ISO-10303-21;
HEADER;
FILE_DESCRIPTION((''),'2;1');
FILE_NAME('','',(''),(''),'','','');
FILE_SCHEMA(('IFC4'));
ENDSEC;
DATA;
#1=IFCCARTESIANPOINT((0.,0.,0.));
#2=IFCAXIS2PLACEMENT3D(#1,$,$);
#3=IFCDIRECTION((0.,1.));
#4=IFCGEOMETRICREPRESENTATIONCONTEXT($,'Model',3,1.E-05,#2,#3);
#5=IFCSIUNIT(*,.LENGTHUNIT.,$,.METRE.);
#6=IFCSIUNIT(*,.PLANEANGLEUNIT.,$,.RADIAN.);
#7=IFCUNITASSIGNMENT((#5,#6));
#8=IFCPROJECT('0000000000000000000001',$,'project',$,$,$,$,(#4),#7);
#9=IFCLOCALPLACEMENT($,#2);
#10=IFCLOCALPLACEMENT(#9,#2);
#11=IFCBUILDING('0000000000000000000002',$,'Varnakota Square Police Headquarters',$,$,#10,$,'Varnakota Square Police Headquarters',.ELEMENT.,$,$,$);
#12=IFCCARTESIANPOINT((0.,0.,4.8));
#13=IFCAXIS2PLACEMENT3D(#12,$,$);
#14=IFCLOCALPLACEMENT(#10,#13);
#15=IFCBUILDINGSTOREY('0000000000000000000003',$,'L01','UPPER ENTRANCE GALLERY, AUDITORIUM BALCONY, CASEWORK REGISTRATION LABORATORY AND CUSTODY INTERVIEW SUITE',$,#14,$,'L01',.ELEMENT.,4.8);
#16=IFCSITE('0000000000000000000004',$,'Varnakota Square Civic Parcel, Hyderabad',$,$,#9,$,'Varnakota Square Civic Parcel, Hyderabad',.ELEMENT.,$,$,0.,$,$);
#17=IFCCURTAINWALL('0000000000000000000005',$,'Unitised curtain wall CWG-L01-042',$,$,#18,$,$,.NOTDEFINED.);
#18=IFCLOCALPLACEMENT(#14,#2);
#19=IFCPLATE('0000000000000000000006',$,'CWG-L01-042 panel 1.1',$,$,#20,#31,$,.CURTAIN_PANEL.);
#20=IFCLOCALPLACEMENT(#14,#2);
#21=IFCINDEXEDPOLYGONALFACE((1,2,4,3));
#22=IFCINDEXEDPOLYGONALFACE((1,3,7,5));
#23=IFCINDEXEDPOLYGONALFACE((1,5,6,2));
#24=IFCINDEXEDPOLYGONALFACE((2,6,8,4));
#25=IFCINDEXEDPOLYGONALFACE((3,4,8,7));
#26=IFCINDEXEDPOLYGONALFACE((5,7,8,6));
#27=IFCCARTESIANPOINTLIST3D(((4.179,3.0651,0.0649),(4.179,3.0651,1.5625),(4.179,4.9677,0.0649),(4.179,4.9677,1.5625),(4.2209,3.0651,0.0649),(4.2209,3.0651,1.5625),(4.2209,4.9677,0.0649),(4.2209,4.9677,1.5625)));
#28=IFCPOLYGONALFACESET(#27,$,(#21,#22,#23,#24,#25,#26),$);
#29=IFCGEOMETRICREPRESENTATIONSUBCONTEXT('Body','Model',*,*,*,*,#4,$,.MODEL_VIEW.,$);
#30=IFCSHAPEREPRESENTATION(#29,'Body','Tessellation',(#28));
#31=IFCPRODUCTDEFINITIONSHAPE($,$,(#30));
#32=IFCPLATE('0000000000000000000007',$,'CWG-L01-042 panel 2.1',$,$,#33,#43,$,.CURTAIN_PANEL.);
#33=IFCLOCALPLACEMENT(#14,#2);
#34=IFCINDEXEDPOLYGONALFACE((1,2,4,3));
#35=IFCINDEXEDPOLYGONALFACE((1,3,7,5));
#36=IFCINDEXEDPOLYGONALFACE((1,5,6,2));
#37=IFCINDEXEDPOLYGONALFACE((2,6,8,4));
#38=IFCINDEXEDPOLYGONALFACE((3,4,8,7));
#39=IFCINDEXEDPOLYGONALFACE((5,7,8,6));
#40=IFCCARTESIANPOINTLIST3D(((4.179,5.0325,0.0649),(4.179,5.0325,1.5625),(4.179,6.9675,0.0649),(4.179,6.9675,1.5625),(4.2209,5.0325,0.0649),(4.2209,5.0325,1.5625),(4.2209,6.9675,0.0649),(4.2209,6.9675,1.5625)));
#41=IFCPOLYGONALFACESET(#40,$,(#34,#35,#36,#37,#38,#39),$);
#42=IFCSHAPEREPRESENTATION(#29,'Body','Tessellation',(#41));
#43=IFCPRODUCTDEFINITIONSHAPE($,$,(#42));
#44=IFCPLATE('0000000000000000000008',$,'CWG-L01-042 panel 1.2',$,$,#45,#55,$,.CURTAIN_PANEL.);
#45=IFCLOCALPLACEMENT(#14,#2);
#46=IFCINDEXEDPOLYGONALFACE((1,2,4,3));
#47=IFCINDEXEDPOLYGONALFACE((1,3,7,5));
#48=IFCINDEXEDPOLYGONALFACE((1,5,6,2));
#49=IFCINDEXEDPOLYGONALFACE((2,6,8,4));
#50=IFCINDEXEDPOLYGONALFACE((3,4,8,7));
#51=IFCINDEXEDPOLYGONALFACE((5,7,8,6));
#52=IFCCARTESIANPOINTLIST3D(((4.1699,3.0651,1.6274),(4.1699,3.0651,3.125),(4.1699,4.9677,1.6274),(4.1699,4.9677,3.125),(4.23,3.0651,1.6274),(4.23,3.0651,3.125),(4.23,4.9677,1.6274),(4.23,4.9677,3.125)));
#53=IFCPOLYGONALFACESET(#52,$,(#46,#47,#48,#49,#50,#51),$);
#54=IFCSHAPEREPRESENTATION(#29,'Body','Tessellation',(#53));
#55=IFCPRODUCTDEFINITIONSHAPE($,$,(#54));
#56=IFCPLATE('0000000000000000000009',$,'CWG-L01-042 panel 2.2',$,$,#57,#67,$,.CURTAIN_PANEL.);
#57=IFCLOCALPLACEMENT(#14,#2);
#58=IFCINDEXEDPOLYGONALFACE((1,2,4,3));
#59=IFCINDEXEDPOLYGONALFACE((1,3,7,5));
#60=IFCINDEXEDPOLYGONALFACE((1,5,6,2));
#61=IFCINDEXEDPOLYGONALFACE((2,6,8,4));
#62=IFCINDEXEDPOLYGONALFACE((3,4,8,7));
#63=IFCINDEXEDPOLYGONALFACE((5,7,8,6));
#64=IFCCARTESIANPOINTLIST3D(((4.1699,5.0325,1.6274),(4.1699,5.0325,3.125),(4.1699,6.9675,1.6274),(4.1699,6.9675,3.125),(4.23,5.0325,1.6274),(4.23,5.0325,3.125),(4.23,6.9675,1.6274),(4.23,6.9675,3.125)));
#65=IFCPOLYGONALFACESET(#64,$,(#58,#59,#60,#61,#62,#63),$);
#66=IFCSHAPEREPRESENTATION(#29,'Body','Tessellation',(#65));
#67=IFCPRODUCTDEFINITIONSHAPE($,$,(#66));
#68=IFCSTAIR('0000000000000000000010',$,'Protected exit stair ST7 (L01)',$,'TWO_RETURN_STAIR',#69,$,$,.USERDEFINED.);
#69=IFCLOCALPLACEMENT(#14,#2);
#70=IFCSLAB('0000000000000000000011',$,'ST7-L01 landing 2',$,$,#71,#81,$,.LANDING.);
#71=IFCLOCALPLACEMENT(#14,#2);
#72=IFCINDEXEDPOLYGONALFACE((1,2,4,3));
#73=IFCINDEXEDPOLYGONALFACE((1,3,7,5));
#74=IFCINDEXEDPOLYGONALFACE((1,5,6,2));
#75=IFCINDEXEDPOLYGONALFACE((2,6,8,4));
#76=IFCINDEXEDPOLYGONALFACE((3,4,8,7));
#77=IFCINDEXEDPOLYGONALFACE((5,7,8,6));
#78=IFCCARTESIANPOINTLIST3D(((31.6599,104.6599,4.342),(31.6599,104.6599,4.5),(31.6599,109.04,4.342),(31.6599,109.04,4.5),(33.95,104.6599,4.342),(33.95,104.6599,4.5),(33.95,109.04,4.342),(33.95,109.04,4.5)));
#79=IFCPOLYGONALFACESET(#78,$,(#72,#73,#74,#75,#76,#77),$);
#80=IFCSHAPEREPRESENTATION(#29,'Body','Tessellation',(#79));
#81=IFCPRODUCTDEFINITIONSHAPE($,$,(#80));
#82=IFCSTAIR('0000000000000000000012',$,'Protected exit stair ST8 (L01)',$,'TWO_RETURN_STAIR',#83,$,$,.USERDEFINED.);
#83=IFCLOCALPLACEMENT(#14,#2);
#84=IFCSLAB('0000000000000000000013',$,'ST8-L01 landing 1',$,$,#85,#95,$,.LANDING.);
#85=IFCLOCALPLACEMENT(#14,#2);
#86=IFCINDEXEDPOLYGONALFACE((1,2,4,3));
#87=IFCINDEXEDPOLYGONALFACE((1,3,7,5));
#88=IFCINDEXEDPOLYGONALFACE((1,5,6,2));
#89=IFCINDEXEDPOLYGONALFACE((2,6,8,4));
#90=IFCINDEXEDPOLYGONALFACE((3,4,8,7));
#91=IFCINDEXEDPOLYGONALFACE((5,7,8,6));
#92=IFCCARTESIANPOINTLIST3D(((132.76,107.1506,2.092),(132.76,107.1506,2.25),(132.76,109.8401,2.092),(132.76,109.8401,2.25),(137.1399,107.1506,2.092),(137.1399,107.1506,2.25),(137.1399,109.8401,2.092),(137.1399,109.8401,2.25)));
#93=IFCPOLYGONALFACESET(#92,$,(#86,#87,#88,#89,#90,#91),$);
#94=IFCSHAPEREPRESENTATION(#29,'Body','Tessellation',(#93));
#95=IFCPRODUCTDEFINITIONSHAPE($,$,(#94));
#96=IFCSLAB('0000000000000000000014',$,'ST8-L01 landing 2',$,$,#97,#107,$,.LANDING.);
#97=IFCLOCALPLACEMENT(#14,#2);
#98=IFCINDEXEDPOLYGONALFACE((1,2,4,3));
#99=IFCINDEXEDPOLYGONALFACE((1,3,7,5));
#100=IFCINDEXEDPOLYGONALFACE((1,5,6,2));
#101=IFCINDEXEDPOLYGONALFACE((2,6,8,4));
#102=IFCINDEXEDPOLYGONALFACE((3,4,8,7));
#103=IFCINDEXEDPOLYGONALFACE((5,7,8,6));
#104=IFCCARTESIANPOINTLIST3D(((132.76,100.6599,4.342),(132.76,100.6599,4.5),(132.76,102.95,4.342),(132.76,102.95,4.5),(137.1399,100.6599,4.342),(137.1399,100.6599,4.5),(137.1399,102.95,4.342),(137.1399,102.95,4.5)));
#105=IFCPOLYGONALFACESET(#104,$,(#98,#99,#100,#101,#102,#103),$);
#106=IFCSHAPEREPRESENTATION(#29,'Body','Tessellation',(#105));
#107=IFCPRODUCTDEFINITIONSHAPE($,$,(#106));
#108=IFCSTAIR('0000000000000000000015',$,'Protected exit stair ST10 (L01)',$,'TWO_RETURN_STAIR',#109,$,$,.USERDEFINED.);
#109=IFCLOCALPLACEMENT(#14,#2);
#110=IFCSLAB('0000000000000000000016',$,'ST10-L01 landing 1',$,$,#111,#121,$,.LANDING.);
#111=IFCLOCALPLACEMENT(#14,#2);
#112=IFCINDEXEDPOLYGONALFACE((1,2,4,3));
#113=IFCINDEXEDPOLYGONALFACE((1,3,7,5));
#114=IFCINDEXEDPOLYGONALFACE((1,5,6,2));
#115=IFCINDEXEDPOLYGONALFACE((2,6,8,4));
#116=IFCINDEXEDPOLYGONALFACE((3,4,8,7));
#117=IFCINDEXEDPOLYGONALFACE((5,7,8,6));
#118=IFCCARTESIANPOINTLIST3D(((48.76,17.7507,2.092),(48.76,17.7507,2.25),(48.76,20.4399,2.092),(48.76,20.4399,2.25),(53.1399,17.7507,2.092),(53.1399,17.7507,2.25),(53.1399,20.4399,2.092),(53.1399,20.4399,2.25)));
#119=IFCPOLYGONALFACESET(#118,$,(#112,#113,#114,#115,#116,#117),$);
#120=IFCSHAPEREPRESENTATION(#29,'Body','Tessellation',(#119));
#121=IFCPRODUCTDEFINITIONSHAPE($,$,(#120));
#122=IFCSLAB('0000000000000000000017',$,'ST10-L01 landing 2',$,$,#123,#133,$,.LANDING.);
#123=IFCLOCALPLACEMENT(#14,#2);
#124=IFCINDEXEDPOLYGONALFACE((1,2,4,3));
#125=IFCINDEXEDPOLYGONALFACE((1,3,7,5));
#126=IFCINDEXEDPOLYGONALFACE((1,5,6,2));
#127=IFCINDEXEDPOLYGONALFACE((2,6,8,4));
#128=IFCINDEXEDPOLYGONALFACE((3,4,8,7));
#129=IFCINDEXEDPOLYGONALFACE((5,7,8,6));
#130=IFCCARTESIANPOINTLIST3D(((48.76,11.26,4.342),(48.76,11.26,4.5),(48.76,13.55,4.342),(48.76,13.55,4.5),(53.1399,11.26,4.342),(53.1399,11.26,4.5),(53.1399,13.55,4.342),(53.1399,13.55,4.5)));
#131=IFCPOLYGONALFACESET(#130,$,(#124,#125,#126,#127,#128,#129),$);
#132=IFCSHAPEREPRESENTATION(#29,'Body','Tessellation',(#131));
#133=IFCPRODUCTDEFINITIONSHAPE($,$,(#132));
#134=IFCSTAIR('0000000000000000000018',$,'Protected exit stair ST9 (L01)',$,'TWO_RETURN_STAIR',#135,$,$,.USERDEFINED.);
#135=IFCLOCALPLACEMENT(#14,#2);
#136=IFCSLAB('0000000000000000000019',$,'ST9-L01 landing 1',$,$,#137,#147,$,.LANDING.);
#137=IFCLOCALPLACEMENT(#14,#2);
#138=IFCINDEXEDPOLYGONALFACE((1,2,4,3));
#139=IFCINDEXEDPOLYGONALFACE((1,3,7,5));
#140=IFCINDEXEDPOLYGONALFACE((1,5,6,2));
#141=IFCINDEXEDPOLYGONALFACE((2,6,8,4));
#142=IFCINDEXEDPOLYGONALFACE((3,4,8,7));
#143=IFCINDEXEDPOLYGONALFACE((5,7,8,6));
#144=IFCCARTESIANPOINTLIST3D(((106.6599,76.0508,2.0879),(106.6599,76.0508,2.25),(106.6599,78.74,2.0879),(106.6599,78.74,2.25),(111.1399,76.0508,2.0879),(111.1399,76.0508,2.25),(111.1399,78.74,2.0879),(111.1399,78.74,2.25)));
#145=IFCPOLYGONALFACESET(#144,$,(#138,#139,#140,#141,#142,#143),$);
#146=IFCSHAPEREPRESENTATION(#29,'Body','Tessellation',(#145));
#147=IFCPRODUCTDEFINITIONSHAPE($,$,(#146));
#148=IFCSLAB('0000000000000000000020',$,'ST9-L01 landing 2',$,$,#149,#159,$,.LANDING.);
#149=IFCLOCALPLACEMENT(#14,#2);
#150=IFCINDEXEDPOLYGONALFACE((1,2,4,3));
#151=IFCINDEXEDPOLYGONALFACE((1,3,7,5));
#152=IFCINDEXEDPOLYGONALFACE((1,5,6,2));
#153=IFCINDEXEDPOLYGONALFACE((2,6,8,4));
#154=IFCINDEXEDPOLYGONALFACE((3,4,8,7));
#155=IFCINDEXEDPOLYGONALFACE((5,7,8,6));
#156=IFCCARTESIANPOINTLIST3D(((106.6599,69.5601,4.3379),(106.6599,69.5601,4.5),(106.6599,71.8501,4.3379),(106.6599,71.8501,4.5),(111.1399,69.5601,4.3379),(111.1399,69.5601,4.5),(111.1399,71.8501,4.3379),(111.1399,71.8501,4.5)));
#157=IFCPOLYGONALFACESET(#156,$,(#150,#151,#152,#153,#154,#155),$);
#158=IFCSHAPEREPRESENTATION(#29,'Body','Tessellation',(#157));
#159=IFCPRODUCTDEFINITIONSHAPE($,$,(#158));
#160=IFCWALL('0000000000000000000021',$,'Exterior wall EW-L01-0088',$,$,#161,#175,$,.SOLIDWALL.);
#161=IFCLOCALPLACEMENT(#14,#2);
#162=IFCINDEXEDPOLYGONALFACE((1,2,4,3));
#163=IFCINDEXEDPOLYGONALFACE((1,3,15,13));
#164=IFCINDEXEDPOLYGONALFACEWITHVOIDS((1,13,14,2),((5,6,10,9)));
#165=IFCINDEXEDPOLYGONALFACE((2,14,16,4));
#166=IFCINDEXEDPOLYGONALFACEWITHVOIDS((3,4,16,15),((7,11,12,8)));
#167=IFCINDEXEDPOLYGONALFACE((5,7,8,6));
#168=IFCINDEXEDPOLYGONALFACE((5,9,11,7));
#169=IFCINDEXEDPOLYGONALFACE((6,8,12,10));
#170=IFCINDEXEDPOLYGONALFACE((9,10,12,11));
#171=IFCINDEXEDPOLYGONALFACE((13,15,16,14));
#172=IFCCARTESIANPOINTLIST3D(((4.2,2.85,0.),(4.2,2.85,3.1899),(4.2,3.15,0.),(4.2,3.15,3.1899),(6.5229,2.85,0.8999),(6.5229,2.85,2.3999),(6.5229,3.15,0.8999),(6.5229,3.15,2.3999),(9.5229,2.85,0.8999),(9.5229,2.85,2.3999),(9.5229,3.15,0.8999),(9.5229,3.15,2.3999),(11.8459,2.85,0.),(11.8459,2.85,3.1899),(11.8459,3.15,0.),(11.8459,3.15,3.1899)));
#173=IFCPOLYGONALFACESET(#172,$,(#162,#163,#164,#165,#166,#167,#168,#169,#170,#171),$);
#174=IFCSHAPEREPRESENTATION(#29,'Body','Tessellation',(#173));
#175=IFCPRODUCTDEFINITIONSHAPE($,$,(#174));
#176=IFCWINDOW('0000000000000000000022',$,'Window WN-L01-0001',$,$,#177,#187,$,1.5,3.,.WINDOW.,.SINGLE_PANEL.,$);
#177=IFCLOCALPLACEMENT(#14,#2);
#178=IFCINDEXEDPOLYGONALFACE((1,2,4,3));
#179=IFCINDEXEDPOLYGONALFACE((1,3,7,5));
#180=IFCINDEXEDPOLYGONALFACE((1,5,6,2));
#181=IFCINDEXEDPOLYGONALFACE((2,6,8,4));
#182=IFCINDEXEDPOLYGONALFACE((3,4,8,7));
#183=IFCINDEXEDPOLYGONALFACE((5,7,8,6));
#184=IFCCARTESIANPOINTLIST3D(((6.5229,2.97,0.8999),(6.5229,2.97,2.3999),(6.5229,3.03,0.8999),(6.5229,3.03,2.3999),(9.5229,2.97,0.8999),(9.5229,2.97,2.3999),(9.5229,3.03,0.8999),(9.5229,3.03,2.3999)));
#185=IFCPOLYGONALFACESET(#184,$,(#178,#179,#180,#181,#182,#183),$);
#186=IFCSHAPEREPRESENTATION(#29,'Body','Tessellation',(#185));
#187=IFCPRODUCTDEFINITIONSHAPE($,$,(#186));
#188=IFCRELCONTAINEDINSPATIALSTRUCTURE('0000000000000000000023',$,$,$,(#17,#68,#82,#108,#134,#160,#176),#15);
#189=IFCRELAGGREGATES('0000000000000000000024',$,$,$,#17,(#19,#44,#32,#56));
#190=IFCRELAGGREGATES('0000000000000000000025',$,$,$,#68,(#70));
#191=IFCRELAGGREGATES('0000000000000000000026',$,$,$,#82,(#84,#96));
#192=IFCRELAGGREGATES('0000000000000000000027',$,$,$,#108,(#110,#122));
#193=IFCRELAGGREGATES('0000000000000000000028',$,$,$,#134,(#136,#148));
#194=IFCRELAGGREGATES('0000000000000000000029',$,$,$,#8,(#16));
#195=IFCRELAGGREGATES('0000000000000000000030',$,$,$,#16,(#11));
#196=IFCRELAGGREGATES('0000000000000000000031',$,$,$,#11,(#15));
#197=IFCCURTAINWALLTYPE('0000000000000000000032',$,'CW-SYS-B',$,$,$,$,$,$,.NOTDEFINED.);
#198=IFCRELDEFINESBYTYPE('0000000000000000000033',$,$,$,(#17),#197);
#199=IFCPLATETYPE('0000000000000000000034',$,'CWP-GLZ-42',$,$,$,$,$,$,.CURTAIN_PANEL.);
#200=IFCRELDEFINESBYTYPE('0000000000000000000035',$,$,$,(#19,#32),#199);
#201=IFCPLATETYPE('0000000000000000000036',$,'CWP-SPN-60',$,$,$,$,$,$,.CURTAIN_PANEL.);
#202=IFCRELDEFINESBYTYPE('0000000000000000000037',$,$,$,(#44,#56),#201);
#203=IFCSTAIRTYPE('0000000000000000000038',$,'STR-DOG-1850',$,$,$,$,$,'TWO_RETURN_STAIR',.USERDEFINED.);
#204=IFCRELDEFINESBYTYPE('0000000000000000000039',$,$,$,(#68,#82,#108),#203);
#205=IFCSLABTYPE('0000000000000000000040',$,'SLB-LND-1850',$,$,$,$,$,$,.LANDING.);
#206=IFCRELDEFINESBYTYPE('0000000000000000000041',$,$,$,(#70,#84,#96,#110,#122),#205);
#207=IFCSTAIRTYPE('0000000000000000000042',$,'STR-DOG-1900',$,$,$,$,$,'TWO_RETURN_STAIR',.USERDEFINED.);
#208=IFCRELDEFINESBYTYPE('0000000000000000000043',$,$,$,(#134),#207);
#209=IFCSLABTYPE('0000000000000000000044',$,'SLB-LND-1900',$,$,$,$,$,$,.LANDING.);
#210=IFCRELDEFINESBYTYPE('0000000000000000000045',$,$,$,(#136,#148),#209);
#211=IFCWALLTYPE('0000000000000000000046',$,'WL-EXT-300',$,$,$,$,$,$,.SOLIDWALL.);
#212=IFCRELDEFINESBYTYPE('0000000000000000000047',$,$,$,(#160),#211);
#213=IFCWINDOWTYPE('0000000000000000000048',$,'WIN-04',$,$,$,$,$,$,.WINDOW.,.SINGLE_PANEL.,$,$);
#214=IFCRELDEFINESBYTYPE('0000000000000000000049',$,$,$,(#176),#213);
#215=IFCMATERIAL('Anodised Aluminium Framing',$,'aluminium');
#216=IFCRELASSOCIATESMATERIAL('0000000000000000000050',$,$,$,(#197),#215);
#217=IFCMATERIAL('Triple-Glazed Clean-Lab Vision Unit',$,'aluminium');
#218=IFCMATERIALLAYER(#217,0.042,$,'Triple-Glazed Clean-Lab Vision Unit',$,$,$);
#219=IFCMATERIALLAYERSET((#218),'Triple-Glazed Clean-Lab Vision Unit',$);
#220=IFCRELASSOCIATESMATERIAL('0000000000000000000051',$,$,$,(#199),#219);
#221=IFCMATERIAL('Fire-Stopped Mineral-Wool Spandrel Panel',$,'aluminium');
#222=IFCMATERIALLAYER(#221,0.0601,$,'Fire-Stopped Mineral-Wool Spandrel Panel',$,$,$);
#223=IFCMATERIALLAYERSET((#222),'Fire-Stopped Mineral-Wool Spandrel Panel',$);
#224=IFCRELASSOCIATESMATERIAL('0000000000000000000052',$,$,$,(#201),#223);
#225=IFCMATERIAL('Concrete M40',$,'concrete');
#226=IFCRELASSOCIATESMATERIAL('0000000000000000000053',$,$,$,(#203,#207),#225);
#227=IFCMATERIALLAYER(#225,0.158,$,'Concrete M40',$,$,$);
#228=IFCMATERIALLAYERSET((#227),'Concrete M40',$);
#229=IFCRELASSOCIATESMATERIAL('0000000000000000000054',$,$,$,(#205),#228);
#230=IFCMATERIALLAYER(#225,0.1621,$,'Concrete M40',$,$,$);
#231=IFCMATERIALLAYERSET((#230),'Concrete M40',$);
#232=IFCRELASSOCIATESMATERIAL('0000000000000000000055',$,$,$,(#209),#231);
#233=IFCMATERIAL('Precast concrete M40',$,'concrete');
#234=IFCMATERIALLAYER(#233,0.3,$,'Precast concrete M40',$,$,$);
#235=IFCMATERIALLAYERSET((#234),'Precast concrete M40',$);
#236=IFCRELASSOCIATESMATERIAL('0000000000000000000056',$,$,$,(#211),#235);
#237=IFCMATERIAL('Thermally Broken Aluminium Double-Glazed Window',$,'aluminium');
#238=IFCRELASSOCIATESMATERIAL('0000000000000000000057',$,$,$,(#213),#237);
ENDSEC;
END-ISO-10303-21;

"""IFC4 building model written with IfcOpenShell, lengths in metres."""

from ifc_helpers import new_model, si_unit, direction, frame, frame_2d, origin, origin_2d, place, context, subcontext, project, spatial, polyline, rectangle, outline, extrude, material, layer, layer_set, type_object, element, fill, aggregate, save


model = new_model("IFC4")

# Units and contexts
model_context = context("Model", 3, precision=1e-05, world=origin(), true_north=direction((0.0, 1.0)))
body_context = subcontext(model_context, "Body", "Model", "MODEL_VIEW")
ifc_project = project(units=[si_unit("LENGTHUNIT", "METRE"), si_unit("PLANEANGLEUNIT", "RADIAN")], contexts=[model_context])

# Site, building, storey
site_placement = place(None, origin())
site = spatial("IfcSite", under=ifc_project, at=site_placement, Name="Varnakota Square Civic Parcel, Hyderabad", LongName="Varnakota Square Civic Parcel, Hyderabad", CompositionType="ELEMENT", RefElevation=0.0)
building_placement = place(site_placement, origin())
building = spatial("IfcBuilding", under=site, at=building_placement, Name="Varnakota Square Police Headquarters", LongName="Varnakota Square Police Headquarters", CompositionType="ELEMENT")
storey_placement = place(building_placement, frame((0.0, 0.0, 4.8)))
storey = spatial("IfcBuildingStorey", under=building, at=storey_placement, Name="L01", Description="UPPER ENTRANCE GALLERY, AUDITORIUM BALCONY, CASEWORK REGISTRATION LABORATORY AND CUSTODY INTERVIEW SUITE", LongName="L01", CompositionType="ELEMENT", Elevation=4.8)

# Curtain wall, plates
ifc_material_1 = material(Name="Anodised Aluminium Framing", Category="aluminium")
curtain_wall_type = type_object("IfcCurtainWallType", Name="CW-SYS-B", PredefinedType="NOTDEFINED", material=ifc_material_1)
curtain_wall_placement = place(storey_placement, origin())
curtain_wall = element("IfcCurtainWall", 1, at=curtain_wall_placement, inside=storey, type_object=curtain_wall_type, Name="Unitised curtain wall CWG-L01-042", PredefinedType="NOTDEFINED")
ifc_material_2 = material(Name="Triple-Glazed Clean-Lab Vision Unit", Category="aluminium")
ifc_layer_1 = layer(ifc_material_2, 0.042, Name="Triple-Glazed Clean-Lab Vision Unit")
ifc_layer_set_1 = layer_set([ifc_layer_1], Name="Triple-Glazed Clean-Lab Vision Unit")
plate_type_1 = type_object("IfcPlateType", Name="CWP-GLZ-42", PredefinedType="CURTAIN_PANEL", material=ifc_layer_set_1)
plate_1_placement = place(storey_placement, frame((4.2, 4.0164, 0.0649), z_axis=(0.0, 0.0, 1.0), x_axis=(0.0, 1.0, 0.0)))
plate_1 = element("IfcPlate", 2, at=plate_1_placement, type_object=plate_type_1, Name="CWG-L01-042 panel 1.1", PredefinedType="CURTAIN_PANEL", context=body_context, shape_type="SweptSolid", body=[
    extrude(rectangle(XDim=1.9026, YDim=0.042, at=origin_2d()), origin(), (0.0, 0.0, 1.0), 1.4976),
])
plate_2_placement = place(storey_placement, frame((4.2, 6.0, 0.0649), z_axis=(0.0, 0.0, 1.0), x_axis=(0.0, 1.0, 0.0)))
plate_2 = element("IfcPlate", 3, at=plate_2_placement, type_object=plate_type_1, Name="CWG-L01-042 panel 2.1", PredefinedType="CURTAIN_PANEL", context=body_context, shape_type="SweptSolid", body=[
    extrude(rectangle(XDim=1.9351, YDim=0.042, at=origin_2d()), origin(), (0.0, 0.0, 1.0), 1.4976),
])
ifc_material_3 = material(Name="Fire-Stopped Mineral-Wool Spandrel Panel", Category="aluminium")
ifc_layer_2 = layer(ifc_material_3, 0.0601, Name="Fire-Stopped Mineral-Wool Spandrel Panel")
ifc_layer_set_2 = layer_set([ifc_layer_2], Name="Fire-Stopped Mineral-Wool Spandrel Panel")
plate_type_2 = type_object("IfcPlateType", Name="CWP-SPN-60", PredefinedType="CURTAIN_PANEL", material=ifc_layer_set_2)
plate_3_placement = place(storey_placement, frame((4.2, 4.0164, 1.6274), z_axis=(0.0, 0.0, 1.0), x_axis=(0.0, 1.0, 0.0)))
plate_3 = element("IfcPlate", 4, at=plate_3_placement, type_object=plate_type_2, Name="CWG-L01-042 panel 1.2", PredefinedType="CURTAIN_PANEL", context=body_context, shape_type="SweptSolid", body=[
    extrude(rectangle(XDim=1.9026, YDim=0.0601, at=origin_2d()), origin(), (0.0, 0.0, 1.0), 1.4976),
])
plate_4_placement = place(storey_placement, frame((4.2, 6.0, 1.6274), z_axis=(0.0, 0.0, 1.0), x_axis=(0.0, 1.0, 0.0)))
plate_4 = element("IfcPlate", 5, at=plate_4_placement, type_object=plate_type_2, Name="CWG-L01-042 panel 2.2", PredefinedType="CURTAIN_PANEL", context=body_context, shape_type="SweptSolid", body=[
    extrude(rectangle(XDim=1.9351, YDim=0.0601, at=origin_2d()), origin(), (0.0, 0.0, 1.0), 1.4976),
])
aggregate(curtain_wall, [plate_1, plate_3, plate_2, plate_4])

# Stair, slab
ifc_material_4 = material(Name="Concrete M40", Category="concrete")
stair_type_1 = type_object("IfcStairType", Name="STR-DOG-1850", ElementType="TWO_RETURN_STAIR", PredefinedType="USERDEFINED", material=ifc_material_4)
stair_1_placement = place(storey_placement, origin())
stair_1 = element("IfcStair", 6, at=stair_1_placement, inside=storey, type_object=stair_type_1, Name="Protected exit stair ST7 (L01)", ObjectType="TWO_RETURN_STAIR", PredefinedType="USERDEFINED")
ifc_layer_3 = layer(ifc_material_4, 0.158, Name="Concrete M40")
ifc_layer_set_3 = layer_set([ifc_layer_3], Name="Concrete M40")
slab_type_1 = type_object("IfcSlabType", Name="SLB-LND-1850", PredefinedType="LANDING", material=ifc_layer_set_3)
slab_1_placement = place(storey_placement, frame((0.0, 0.0, 4.342)))
slab_1 = element("IfcSlab", 7, at=slab_1_placement, type_object=slab_type_1, Name="ST7-L01 landing 2", PredefinedType="LANDING", context=body_context, shape_type="SweptSolid", body=[
    extrude(outline(polyline([(31.6599, 104.6599), (33.95, 104.6599), (33.95, 109.04), (31.6599, 109.04), (31.6599, 104.6599)])), origin(), (0.0, 0.0, 1.0), 0.158),
])
aggregate(stair_1, [slab_1])

# Stairs, slabs
stair_2_placement = place(storey_placement, origin())
stair_2 = element("IfcStair", 8, at=stair_2_placement, inside=storey, type_object=stair_type_1, Name="Protected exit stair ST8 (L01)", ObjectType="TWO_RETURN_STAIR", PredefinedType="USERDEFINED")
slab_2_placement = place(storey_placement, frame((0.0, 0.0, 2.092)))
slab_2 = element("IfcSlab", 9, at=slab_2_placement, type_object=slab_type_1, Name="ST8-L01 landing 1", PredefinedType="LANDING", context=body_context, shape_type="SweptSolid", body=[
    extrude(outline(polyline([(132.76, 107.1506), (137.1399, 107.1506), (137.1399, 109.8401), (132.76, 109.8401), (132.76, 107.1506)])), origin(), (0.0, 0.0, 1.0), 0.158),
])
slab_3_placement = place(storey_placement, frame((0.0, 0.0, 4.342)))
slab_3 = element("IfcSlab", 10, at=slab_3_placement, type_object=slab_type_1, Name="ST8-L01 landing 2", PredefinedType="LANDING", context=body_context, shape_type="SweptSolid", body=[
    extrude(outline(polyline([(132.76, 100.6599), (137.1399, 100.6599), (137.1399, 102.95), (132.76, 102.95), (132.76, 100.6599)])), origin(), (0.0, 0.0, 1.0), 0.158),
])
aggregate(stair_2, [slab_2, slab_3])
stair_3_placement = place(storey_placement, origin())
stair_3 = element("IfcStair", 11, at=stair_3_placement, inside=storey, type_object=stair_type_1, Name="Protected exit stair ST10 (L01)", ObjectType="TWO_RETURN_STAIR", PredefinedType="USERDEFINED")
slab_4_placement = place(storey_placement, frame((0.0, 0.0, 2.092)))
slab_4 = element("IfcSlab", 12, at=slab_4_placement, type_object=slab_type_1, Name="ST10-L01 landing 1", PredefinedType="LANDING", context=body_context, shape_type="SweptSolid", body=[
    extrude(outline(polyline([(48.76, 17.7507), (53.1399, 17.7507), (53.1399, 20.4399), (48.76, 20.4399), (48.76, 17.7507)])), origin(), (0.0, 0.0, 1.0), 0.158),
])
slab_5_placement = place(storey_placement, frame((0.0, 0.0, 4.342)))
slab_5 = element("IfcSlab", 13, at=slab_5_placement, type_object=slab_type_1, Name="ST10-L01 landing 2", PredefinedType="LANDING", context=body_context, shape_type="SweptSolid", body=[
    extrude(outline(polyline([(48.76, 11.26), (53.1399, 11.26), (53.1399, 13.55), (48.76, 13.55), (48.76, 11.26)])), origin(), (0.0, 0.0, 1.0), 0.158),
])
aggregate(stair_3, [slab_4, slab_5])
stair_type_2 = type_object("IfcStairType", Name="STR-DOG-1900", ElementType="TWO_RETURN_STAIR", PredefinedType="USERDEFINED", material=ifc_material_4)
stair_4_placement = place(storey_placement, origin())
stair_4 = element("IfcStair", 14, at=stair_4_placement, inside=storey, type_object=stair_type_2, Name="Protected exit stair ST9 (L01)", ObjectType="TWO_RETURN_STAIR", PredefinedType="USERDEFINED")
ifc_layer_4 = layer(ifc_material_4, 0.1621, Name="Concrete M40")
ifc_layer_set_4 = layer_set([ifc_layer_4], Name="Concrete M40")
slab_type_2 = type_object("IfcSlabType", Name="SLB-LND-1900", PredefinedType="LANDING", material=ifc_layer_set_4)
slab_6_placement = place(storey_placement, frame((0.0, 0.0, 2.0879)))
slab_6 = element("IfcSlab", 15, at=slab_6_placement, type_object=slab_type_2, Name="ST9-L01 landing 1", PredefinedType="LANDING", context=body_context, shape_type="SweptSolid", body=[
    extrude(outline(polyline([(106.6599, 76.0508), (111.1399, 76.0508), (111.1399, 78.74), (106.6599, 78.74), (106.6599, 76.0508)])), origin(), (0.0, 0.0, 1.0), 0.1621),
])
slab_7_placement = place(storey_placement, frame((0.0, 0.0, 4.3379)))
slab_7 = element("IfcSlab", 16, at=slab_7_placement, type_object=slab_type_2, Name="ST9-L01 landing 2", PredefinedType="LANDING", context=body_context, shape_type="SweptSolid", body=[
    extrude(outline(polyline([(106.6599, 69.5601), (111.1399, 69.5601), (111.1399, 71.8501), (106.6599, 71.8501), (106.6599, 69.5601)])), origin(), (0.0, 0.0, 1.0), 0.1621),
])
aggregate(stair_4, [slab_6, slab_7])

# Wall, opening, window
ifc_material_5 = material(Name="Precast concrete M40", Category="concrete")
ifc_layer_5 = layer(ifc_material_5, 0.3, Name="Precast concrete M40")
ifc_layer_set_5 = layer_set([ifc_layer_5], Name="Precast concrete M40")
wall_type = type_object("IfcWallType", Name="WL-EXT-300", PredefinedType="SOLIDWALL", material=ifc_layer_set_5)
wall_placement = place(storey_placement, frame((4.2, 3.0, 0.0), z_axis=(0.0, 0.0, 1.0), x_axis=(1.0, 0.0, 0.0)))
wall = element("IfcWall", 17, at=wall_placement, inside=storey, type_object=wall_type, Name="Exterior wall EW-L01-0088", PredefinedType="SOLIDWALL", context=body_context, shape_type="SweptSolid", body=[
    extrude(rectangle(XDim=7.646, YDim=0.3, at=frame_2d((3.823, 0.0))), origin(), (0.0, 0.0, 1.0), 3.1899),
])
opening_placement = place(wall_placement, frame((2.323, 0.0, 0.8999)))
opening = element("IfcOpeningElement", 18, at=opening_placement, cuts=wall, PredefinedType="OPENING", context=body_context, shape_type="SweptSolid", body=[
    extrude(rectangle(XDim=3.0, YDim=1.5, at=frame_2d((1.5, 0.75))), frame((0.0, 0.1599, 0.0), z_axis=(0.0, -1.0, 0.0), x_axis=(1.0, 0.0, 0.0)), (0.0, 0.0, 1.0), 0.3201),
])
ifc_material_6 = material(Name="Thermally Broken Aluminium Double-Glazed Window", Category="aluminium")
window_type = type_object("IfcWindowType", Name="WIN-04", PartitioningType="SINGLE_PANEL", PredefinedType="WINDOW", material=ifc_material_6)
window_placement = place(opening_placement, origin())
window = element("IfcWindow", 19, at=window_placement, inside=storey, type_object=window_type, Name="Window WN-L01-0001", OverallHeight=1.5, OverallWidth=3.0, PartitioningType="SINGLE_PANEL", PredefinedType="WINDOW", context=body_context, shape_type="SweptSolid", body=[
    extrude(rectangle(XDim=3.0, YDim=1.5, at=frame_2d((1.5, 0.75))), frame((0.0, 0.03, 0.0), z_axis=(0.0, -1.0, 0.0), x_axis=(1.0, 0.0, 0.0)), (0.0, 0.0, 1.0), 0.0601),
])
fill(opening, window)

save(model, "model.ifc")
